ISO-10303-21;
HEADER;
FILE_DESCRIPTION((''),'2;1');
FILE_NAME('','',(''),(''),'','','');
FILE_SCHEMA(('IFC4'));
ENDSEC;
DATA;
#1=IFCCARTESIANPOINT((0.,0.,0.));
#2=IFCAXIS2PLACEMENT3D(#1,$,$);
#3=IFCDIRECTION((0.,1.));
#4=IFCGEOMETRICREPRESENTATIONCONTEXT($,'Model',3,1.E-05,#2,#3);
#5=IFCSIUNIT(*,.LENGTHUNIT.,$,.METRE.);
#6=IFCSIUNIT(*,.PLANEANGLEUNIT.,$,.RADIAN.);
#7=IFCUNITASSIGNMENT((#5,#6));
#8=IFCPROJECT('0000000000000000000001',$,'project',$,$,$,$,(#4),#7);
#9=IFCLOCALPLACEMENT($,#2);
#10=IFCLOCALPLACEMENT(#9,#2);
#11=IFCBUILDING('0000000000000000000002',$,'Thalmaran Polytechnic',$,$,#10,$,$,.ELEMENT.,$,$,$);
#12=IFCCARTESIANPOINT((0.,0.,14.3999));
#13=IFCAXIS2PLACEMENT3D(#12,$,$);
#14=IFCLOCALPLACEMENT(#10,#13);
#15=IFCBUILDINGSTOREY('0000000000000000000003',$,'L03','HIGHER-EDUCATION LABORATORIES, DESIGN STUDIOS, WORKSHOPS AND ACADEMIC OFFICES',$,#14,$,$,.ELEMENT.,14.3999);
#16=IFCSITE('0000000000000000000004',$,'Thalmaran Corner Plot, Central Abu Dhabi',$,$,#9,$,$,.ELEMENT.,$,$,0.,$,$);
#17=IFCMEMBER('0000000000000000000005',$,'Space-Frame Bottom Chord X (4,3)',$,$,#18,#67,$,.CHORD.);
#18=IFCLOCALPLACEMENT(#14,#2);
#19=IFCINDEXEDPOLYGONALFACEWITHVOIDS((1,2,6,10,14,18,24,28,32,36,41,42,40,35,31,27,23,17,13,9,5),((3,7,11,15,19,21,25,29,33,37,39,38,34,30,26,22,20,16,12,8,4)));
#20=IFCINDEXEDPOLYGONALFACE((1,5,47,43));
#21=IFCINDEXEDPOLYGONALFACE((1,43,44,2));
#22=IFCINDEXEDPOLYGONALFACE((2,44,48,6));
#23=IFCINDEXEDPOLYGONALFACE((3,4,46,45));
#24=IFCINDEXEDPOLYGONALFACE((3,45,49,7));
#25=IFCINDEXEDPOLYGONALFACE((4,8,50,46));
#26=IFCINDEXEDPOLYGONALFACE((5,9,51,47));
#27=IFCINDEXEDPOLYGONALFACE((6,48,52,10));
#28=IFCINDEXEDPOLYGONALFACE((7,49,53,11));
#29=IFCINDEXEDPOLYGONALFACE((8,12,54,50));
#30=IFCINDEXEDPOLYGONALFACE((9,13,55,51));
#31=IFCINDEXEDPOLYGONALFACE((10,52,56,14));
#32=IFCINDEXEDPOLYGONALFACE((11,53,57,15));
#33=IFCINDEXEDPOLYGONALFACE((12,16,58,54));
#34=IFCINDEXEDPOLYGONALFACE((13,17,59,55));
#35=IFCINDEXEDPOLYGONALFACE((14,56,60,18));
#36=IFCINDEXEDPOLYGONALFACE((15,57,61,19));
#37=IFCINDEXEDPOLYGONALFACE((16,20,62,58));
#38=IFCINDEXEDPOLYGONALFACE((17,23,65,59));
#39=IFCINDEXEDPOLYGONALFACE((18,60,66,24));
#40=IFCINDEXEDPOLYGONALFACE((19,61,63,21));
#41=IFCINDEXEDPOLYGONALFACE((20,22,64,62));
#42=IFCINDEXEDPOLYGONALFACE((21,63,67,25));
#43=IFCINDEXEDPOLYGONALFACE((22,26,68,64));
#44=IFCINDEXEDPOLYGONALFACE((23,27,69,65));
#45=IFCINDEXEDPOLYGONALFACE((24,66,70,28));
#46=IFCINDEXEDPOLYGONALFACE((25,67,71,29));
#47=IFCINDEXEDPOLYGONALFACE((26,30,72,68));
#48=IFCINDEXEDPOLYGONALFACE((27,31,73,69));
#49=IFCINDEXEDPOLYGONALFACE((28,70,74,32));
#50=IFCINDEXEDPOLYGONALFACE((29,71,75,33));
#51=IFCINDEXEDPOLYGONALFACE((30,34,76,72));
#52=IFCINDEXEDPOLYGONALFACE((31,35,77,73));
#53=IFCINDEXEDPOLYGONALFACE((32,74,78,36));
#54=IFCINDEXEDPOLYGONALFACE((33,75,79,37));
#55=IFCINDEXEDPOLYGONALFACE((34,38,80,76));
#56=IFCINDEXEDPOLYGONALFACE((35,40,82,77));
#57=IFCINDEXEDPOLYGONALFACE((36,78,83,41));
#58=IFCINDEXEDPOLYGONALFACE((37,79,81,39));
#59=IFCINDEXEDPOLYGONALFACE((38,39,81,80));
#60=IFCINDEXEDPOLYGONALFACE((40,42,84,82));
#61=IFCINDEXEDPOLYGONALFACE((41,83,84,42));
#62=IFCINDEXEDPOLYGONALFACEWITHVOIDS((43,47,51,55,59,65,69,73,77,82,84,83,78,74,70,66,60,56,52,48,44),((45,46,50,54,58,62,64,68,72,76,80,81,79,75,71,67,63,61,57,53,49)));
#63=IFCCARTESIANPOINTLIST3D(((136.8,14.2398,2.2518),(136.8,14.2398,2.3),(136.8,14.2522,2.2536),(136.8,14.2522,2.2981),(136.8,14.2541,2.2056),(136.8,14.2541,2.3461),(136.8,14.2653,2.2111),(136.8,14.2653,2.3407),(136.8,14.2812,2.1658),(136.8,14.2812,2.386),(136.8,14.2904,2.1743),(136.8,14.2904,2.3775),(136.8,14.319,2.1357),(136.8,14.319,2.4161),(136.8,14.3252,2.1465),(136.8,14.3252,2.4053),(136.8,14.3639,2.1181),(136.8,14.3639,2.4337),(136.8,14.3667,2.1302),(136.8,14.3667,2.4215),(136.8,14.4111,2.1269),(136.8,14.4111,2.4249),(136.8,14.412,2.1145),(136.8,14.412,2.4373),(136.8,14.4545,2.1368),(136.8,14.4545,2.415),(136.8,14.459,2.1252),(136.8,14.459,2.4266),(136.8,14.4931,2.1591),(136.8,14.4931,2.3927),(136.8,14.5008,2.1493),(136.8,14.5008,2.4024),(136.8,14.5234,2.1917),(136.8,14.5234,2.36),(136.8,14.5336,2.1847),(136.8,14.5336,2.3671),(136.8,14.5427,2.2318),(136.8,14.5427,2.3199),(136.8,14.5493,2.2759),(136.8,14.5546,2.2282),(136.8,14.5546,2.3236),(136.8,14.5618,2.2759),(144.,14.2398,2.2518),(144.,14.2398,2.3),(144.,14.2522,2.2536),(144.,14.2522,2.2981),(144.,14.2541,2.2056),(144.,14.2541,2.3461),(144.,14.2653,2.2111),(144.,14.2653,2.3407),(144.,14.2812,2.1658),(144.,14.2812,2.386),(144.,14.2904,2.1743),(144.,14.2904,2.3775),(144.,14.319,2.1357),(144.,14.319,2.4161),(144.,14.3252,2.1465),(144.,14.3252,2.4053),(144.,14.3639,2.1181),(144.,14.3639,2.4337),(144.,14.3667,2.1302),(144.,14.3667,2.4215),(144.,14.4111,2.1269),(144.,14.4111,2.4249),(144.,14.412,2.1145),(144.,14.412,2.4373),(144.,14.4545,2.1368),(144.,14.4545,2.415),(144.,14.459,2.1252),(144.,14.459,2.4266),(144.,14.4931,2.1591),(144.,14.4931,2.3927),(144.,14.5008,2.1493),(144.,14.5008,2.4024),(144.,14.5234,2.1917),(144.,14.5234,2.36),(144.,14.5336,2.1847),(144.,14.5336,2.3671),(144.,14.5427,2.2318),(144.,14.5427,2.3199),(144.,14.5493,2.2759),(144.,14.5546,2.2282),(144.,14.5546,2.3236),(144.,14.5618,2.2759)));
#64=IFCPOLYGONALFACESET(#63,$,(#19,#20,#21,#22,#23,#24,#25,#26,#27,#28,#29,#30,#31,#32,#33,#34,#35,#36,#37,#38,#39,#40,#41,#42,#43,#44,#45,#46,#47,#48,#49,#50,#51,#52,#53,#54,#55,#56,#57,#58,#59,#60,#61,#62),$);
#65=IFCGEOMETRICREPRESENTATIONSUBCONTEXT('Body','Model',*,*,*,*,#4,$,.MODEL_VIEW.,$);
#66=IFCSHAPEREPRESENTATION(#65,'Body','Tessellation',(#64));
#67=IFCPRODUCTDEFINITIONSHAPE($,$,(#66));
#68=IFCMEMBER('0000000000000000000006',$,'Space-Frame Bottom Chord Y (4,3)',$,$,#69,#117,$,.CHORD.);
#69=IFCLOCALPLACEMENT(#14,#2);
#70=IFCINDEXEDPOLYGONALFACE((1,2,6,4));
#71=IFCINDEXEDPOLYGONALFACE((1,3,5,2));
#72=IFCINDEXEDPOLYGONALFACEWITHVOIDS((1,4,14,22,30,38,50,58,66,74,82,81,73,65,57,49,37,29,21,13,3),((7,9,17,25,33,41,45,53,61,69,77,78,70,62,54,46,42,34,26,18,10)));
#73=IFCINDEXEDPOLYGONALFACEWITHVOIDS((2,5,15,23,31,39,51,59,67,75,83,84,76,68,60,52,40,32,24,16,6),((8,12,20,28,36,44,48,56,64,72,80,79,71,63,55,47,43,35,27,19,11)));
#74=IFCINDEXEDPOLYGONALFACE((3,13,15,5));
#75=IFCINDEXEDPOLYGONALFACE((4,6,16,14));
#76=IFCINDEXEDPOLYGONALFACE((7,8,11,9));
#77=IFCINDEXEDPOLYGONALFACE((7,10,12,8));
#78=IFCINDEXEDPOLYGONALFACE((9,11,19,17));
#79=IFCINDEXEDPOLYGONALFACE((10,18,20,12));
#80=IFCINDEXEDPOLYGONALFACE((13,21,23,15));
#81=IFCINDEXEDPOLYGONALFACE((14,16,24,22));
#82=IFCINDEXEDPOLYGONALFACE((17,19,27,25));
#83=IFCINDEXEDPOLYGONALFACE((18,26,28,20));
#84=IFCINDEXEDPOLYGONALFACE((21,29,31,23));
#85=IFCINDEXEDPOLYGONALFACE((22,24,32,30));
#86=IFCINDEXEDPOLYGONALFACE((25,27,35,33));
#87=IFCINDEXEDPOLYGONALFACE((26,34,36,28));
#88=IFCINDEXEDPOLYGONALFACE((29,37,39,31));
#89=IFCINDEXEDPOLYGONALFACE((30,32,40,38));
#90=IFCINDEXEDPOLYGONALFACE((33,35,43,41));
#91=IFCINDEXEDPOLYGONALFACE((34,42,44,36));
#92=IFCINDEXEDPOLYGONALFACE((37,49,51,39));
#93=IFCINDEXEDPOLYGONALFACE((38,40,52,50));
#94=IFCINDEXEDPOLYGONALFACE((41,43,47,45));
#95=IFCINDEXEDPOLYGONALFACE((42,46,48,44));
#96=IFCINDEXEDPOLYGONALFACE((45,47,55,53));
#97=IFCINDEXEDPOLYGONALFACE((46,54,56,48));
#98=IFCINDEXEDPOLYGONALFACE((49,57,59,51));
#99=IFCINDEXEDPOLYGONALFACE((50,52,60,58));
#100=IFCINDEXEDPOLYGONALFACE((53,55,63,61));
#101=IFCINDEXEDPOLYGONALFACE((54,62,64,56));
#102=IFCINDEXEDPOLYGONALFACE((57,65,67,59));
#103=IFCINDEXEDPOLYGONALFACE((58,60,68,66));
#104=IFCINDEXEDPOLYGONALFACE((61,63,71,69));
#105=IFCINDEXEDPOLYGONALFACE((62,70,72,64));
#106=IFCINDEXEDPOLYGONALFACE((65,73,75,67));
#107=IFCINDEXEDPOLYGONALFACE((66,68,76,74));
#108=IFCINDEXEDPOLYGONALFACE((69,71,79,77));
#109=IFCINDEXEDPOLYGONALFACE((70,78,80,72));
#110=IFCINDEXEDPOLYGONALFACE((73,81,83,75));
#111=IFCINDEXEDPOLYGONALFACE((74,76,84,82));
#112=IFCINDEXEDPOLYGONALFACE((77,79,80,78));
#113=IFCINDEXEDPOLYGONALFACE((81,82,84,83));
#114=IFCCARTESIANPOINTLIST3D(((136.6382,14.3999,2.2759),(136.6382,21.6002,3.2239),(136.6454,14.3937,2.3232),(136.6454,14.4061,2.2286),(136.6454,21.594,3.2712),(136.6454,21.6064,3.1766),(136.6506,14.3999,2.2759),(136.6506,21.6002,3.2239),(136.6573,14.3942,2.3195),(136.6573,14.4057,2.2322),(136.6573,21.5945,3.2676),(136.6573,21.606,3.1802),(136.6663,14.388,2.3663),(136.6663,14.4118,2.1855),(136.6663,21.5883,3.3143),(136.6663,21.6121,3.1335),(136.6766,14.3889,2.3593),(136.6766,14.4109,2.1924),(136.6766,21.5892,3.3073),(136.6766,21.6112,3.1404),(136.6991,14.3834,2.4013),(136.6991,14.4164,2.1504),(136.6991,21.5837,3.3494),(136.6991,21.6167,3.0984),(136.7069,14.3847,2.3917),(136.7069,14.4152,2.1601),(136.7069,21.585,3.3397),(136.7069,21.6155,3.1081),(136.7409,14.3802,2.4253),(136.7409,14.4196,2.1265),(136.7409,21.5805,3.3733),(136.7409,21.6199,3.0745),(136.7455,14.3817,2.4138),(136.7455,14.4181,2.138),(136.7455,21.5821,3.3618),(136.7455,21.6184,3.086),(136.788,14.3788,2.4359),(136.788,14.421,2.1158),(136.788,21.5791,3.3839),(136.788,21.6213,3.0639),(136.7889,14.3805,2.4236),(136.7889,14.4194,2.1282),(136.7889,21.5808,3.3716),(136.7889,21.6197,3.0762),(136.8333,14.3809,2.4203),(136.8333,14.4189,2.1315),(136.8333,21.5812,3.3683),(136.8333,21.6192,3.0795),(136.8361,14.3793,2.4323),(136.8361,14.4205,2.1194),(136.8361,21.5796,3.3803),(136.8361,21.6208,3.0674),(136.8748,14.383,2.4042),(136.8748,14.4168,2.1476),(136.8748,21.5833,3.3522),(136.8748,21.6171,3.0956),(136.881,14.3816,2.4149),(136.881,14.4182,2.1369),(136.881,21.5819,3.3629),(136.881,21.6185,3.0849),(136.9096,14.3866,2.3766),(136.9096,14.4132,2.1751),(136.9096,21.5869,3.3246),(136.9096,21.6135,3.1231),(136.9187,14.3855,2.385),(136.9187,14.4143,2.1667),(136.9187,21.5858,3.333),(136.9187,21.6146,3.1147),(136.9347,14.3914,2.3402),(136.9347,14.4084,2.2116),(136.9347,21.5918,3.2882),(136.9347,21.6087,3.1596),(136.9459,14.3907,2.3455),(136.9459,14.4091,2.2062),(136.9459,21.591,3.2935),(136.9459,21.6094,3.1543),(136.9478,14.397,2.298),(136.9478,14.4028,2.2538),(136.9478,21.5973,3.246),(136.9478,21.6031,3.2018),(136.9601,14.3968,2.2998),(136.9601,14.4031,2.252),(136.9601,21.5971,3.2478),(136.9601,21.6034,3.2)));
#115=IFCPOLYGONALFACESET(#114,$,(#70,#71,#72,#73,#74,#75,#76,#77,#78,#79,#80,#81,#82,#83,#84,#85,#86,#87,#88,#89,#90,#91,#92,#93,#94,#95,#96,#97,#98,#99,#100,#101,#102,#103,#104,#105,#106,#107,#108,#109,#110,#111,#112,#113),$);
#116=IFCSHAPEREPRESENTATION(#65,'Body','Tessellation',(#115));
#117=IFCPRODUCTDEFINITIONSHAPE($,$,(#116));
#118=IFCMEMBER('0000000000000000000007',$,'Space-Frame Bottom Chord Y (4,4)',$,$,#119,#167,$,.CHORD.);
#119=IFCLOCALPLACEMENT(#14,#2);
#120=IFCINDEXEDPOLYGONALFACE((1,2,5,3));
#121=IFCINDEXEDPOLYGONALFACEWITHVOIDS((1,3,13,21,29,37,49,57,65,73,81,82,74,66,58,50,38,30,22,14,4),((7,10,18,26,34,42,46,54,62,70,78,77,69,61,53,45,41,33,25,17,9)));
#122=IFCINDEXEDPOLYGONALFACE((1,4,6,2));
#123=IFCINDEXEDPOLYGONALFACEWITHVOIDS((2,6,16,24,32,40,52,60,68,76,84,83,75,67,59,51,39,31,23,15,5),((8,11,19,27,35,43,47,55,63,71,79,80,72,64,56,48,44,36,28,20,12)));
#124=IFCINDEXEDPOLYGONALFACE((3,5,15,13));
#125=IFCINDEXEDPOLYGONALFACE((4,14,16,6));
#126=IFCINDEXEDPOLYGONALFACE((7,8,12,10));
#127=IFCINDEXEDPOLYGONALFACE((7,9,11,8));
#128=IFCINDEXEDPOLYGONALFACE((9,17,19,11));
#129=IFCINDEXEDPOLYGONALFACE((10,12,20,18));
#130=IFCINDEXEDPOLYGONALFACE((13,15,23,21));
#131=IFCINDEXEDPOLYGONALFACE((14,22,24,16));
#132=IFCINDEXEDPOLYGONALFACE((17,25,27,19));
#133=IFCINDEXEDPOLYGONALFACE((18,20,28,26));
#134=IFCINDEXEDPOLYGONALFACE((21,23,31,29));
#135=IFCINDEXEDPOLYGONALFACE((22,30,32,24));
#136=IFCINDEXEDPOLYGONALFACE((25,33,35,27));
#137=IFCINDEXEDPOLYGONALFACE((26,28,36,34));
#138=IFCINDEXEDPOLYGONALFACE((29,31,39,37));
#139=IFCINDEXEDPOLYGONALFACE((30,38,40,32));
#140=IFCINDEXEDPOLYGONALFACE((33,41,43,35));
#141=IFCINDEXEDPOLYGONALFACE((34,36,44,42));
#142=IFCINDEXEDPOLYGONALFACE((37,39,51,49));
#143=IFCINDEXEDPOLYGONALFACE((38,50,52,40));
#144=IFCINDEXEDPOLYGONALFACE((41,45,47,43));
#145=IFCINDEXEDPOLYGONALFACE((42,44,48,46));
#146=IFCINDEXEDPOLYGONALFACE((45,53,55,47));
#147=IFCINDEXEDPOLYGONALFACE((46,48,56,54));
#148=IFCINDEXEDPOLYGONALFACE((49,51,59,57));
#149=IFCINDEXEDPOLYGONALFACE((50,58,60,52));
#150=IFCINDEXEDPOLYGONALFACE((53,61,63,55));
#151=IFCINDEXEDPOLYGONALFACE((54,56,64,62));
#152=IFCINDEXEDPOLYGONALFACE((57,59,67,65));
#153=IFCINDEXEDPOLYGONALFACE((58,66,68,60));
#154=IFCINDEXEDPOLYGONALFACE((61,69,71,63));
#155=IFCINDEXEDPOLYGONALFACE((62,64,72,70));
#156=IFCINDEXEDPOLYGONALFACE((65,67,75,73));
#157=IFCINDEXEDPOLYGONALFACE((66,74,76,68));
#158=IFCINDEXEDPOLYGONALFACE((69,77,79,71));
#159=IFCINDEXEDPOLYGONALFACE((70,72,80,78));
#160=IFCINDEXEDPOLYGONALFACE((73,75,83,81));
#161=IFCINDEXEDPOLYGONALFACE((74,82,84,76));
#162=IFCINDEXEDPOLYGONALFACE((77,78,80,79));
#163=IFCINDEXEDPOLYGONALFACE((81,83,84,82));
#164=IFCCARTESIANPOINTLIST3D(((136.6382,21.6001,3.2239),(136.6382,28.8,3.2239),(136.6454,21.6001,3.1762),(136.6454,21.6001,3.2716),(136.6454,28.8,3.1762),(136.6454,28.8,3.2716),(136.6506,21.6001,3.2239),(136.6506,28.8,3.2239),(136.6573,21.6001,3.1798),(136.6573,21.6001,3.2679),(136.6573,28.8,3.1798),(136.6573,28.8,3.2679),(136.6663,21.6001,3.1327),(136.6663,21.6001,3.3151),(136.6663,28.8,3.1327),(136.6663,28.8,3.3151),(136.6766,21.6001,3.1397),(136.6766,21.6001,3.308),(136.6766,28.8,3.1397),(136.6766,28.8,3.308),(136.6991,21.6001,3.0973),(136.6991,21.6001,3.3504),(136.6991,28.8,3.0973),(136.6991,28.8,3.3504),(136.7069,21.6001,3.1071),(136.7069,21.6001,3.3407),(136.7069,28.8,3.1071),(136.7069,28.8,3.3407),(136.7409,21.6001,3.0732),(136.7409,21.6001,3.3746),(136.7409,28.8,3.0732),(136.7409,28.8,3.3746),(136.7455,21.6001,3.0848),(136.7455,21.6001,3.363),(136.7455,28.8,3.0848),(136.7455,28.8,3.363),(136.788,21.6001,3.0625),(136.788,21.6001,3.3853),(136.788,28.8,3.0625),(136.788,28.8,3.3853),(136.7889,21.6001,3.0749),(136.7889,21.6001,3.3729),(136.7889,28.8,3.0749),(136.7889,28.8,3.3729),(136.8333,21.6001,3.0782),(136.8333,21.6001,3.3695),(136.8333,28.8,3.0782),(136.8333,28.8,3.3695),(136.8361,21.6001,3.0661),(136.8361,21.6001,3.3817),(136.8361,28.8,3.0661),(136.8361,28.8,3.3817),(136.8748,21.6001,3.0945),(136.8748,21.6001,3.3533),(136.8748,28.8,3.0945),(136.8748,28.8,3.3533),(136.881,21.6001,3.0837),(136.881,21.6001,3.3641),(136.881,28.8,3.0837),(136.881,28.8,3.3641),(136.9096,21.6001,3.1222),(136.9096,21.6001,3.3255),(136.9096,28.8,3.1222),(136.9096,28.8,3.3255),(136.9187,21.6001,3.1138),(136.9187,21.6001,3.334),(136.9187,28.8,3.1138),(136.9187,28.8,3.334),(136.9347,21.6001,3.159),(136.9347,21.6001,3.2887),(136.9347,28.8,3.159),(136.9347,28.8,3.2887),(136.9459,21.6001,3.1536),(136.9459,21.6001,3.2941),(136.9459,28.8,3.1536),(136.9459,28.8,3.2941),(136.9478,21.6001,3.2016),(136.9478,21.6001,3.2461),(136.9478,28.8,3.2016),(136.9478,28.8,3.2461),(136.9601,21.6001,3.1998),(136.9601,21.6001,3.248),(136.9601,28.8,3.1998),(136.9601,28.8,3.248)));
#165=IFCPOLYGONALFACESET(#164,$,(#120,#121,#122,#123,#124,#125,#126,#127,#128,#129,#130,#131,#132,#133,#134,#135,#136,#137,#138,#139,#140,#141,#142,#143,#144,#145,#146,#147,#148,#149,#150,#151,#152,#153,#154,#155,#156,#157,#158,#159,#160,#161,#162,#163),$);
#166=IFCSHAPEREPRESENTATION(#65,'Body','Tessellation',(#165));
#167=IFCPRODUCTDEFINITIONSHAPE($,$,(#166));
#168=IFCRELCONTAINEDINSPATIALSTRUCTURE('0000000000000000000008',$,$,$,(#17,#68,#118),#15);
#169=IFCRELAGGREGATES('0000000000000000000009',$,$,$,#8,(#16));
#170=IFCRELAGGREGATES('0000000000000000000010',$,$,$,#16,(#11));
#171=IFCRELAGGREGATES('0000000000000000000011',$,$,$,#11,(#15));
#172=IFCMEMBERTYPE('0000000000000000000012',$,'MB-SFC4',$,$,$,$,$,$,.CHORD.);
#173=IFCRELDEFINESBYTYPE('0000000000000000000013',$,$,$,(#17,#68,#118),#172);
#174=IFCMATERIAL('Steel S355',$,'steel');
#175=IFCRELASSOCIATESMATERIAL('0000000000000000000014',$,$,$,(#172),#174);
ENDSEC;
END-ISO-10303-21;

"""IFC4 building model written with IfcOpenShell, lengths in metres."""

from ifc_helpers import new_model, si_unit, direction, frame, origin, origin_2d, place, context, subcontext, project, spatial, hollow_circle, extrude, material, material_profile, profile_set, type_object, element, save


model = new_model("IFC4")

# Units and contexts
model_context = context("Model", 3, precision=1e-05, world=origin(), true_north=direction((0.0, 1.0)))
body_context = subcontext(model_context, "Body", "Model", "MODEL_VIEW")
ifc_project = project(units=[si_unit("LENGTHUNIT", "METRE"), si_unit("PLANEANGLEUNIT", "RADIAN")], contexts=[model_context])

# Site, building, storey
site_placement = place(None, origin())
site = spatial("IfcSite", under=ifc_project, at=site_placement, Name="Thalmaran Corner Plot, Central Abu Dhabi", CompositionType="ELEMENT", RefElevation=0.0)
building_placement = place(site_placement, origin())
building = spatial("IfcBuilding", under=site, at=building_placement, Name="Thalmaran Polytechnic", CompositionType="ELEMENT")
storey_placement = place(building_placement, frame((0.0, 0.0, 14.3999)))
storey = spatial("IfcBuildingStorey", under=building, at=storey_placement, Name="L03", Description="HIGHER-EDUCATION LABORATORIES, DESIGN STUDIOS, WORKSHOPS AND ACADEMIC OFFICES", CompositionType="ELEMENT", Elevation=14.3999)

# Members
ifc_material = material(Name="Steel S355", Category="steel")
ifc_material_profile_1 = material_profile(ifc_material, hollow_circle(Radius=0.1619, WallThickness=0.0125, at=origin_2d()), Name="CHS 323.9x12.5")
ifc_profile_set_1 = profile_set([ifc_material_profile_1], Name="Steel S355")
member_type_1 = type_object("IfcMemberType", Name="MB-SFC4", PredefinedType="CHORD", material=ifc_profile_set_1)
for number, where, z_axis, x_axis, name in (
    (1, (136.8, 14.3999, 2.2759), (1.0, 0.0, 0.0), (0.0, 1.0, 0.0), "Space-Frame Bottom Chord X (4,3)"),
):
    element("IfcMember", number, at=place(storey_placement, frame(where, z_axis=z_axis, x_axis=x_axis)), inside=storey, type_object=member_type_1, Name=name, PredefinedType="CHORD", context=body_context, shape_type="SweptSolid", body=[
        extrude(hollow_circle(Radius=0.1619, WallThickness=0.0125, at=origin_2d()), origin(), (0.0, 0.0, 1.0), 7.2),
    ])
member_1_placement = place(storey_placement, frame((136.8, 14.3999, 2.2759), z_axis=(0.0, 0.991444, 0.130536), x_axis=(-1.0, 0.0, 0.0)))
element("IfcMember", 2, at=member_1_placement, inside=storey, type_object=member_type_1, Name="Space-Frame Bottom Chord Y (4,3)", PredefinedType="CHORD", context=body_context, shape_type="SweptSolid", body=[
    extrude(hollow_circle(Radius=0.1619, WallThickness=0.0125, at=origin_2d()), origin(), (0.0, 0.0, 1.0), 7.2625),
])
member_2_placement = place(storey_placement, frame((136.8, 21.6001, 3.2239), z_axis=(0.0, 1.0, 0.0), x_axis=(-1.0, 0.0, 0.0)))
element("IfcMember", 3, at=member_2_placement, inside=storey, type_object=member_type_1, Name="Space-Frame Bottom Chord Y (4,4)", PredefinedType="CHORD", context=body_context, shape_type="SweptSolid", body=[
    extrude(hollow_circle(Radius=0.1619, WallThickness=0.0125, at=origin_2d()), origin(), (0.0, 0.0, 1.0), 7.2),
])

save(model, "model.ifc")
